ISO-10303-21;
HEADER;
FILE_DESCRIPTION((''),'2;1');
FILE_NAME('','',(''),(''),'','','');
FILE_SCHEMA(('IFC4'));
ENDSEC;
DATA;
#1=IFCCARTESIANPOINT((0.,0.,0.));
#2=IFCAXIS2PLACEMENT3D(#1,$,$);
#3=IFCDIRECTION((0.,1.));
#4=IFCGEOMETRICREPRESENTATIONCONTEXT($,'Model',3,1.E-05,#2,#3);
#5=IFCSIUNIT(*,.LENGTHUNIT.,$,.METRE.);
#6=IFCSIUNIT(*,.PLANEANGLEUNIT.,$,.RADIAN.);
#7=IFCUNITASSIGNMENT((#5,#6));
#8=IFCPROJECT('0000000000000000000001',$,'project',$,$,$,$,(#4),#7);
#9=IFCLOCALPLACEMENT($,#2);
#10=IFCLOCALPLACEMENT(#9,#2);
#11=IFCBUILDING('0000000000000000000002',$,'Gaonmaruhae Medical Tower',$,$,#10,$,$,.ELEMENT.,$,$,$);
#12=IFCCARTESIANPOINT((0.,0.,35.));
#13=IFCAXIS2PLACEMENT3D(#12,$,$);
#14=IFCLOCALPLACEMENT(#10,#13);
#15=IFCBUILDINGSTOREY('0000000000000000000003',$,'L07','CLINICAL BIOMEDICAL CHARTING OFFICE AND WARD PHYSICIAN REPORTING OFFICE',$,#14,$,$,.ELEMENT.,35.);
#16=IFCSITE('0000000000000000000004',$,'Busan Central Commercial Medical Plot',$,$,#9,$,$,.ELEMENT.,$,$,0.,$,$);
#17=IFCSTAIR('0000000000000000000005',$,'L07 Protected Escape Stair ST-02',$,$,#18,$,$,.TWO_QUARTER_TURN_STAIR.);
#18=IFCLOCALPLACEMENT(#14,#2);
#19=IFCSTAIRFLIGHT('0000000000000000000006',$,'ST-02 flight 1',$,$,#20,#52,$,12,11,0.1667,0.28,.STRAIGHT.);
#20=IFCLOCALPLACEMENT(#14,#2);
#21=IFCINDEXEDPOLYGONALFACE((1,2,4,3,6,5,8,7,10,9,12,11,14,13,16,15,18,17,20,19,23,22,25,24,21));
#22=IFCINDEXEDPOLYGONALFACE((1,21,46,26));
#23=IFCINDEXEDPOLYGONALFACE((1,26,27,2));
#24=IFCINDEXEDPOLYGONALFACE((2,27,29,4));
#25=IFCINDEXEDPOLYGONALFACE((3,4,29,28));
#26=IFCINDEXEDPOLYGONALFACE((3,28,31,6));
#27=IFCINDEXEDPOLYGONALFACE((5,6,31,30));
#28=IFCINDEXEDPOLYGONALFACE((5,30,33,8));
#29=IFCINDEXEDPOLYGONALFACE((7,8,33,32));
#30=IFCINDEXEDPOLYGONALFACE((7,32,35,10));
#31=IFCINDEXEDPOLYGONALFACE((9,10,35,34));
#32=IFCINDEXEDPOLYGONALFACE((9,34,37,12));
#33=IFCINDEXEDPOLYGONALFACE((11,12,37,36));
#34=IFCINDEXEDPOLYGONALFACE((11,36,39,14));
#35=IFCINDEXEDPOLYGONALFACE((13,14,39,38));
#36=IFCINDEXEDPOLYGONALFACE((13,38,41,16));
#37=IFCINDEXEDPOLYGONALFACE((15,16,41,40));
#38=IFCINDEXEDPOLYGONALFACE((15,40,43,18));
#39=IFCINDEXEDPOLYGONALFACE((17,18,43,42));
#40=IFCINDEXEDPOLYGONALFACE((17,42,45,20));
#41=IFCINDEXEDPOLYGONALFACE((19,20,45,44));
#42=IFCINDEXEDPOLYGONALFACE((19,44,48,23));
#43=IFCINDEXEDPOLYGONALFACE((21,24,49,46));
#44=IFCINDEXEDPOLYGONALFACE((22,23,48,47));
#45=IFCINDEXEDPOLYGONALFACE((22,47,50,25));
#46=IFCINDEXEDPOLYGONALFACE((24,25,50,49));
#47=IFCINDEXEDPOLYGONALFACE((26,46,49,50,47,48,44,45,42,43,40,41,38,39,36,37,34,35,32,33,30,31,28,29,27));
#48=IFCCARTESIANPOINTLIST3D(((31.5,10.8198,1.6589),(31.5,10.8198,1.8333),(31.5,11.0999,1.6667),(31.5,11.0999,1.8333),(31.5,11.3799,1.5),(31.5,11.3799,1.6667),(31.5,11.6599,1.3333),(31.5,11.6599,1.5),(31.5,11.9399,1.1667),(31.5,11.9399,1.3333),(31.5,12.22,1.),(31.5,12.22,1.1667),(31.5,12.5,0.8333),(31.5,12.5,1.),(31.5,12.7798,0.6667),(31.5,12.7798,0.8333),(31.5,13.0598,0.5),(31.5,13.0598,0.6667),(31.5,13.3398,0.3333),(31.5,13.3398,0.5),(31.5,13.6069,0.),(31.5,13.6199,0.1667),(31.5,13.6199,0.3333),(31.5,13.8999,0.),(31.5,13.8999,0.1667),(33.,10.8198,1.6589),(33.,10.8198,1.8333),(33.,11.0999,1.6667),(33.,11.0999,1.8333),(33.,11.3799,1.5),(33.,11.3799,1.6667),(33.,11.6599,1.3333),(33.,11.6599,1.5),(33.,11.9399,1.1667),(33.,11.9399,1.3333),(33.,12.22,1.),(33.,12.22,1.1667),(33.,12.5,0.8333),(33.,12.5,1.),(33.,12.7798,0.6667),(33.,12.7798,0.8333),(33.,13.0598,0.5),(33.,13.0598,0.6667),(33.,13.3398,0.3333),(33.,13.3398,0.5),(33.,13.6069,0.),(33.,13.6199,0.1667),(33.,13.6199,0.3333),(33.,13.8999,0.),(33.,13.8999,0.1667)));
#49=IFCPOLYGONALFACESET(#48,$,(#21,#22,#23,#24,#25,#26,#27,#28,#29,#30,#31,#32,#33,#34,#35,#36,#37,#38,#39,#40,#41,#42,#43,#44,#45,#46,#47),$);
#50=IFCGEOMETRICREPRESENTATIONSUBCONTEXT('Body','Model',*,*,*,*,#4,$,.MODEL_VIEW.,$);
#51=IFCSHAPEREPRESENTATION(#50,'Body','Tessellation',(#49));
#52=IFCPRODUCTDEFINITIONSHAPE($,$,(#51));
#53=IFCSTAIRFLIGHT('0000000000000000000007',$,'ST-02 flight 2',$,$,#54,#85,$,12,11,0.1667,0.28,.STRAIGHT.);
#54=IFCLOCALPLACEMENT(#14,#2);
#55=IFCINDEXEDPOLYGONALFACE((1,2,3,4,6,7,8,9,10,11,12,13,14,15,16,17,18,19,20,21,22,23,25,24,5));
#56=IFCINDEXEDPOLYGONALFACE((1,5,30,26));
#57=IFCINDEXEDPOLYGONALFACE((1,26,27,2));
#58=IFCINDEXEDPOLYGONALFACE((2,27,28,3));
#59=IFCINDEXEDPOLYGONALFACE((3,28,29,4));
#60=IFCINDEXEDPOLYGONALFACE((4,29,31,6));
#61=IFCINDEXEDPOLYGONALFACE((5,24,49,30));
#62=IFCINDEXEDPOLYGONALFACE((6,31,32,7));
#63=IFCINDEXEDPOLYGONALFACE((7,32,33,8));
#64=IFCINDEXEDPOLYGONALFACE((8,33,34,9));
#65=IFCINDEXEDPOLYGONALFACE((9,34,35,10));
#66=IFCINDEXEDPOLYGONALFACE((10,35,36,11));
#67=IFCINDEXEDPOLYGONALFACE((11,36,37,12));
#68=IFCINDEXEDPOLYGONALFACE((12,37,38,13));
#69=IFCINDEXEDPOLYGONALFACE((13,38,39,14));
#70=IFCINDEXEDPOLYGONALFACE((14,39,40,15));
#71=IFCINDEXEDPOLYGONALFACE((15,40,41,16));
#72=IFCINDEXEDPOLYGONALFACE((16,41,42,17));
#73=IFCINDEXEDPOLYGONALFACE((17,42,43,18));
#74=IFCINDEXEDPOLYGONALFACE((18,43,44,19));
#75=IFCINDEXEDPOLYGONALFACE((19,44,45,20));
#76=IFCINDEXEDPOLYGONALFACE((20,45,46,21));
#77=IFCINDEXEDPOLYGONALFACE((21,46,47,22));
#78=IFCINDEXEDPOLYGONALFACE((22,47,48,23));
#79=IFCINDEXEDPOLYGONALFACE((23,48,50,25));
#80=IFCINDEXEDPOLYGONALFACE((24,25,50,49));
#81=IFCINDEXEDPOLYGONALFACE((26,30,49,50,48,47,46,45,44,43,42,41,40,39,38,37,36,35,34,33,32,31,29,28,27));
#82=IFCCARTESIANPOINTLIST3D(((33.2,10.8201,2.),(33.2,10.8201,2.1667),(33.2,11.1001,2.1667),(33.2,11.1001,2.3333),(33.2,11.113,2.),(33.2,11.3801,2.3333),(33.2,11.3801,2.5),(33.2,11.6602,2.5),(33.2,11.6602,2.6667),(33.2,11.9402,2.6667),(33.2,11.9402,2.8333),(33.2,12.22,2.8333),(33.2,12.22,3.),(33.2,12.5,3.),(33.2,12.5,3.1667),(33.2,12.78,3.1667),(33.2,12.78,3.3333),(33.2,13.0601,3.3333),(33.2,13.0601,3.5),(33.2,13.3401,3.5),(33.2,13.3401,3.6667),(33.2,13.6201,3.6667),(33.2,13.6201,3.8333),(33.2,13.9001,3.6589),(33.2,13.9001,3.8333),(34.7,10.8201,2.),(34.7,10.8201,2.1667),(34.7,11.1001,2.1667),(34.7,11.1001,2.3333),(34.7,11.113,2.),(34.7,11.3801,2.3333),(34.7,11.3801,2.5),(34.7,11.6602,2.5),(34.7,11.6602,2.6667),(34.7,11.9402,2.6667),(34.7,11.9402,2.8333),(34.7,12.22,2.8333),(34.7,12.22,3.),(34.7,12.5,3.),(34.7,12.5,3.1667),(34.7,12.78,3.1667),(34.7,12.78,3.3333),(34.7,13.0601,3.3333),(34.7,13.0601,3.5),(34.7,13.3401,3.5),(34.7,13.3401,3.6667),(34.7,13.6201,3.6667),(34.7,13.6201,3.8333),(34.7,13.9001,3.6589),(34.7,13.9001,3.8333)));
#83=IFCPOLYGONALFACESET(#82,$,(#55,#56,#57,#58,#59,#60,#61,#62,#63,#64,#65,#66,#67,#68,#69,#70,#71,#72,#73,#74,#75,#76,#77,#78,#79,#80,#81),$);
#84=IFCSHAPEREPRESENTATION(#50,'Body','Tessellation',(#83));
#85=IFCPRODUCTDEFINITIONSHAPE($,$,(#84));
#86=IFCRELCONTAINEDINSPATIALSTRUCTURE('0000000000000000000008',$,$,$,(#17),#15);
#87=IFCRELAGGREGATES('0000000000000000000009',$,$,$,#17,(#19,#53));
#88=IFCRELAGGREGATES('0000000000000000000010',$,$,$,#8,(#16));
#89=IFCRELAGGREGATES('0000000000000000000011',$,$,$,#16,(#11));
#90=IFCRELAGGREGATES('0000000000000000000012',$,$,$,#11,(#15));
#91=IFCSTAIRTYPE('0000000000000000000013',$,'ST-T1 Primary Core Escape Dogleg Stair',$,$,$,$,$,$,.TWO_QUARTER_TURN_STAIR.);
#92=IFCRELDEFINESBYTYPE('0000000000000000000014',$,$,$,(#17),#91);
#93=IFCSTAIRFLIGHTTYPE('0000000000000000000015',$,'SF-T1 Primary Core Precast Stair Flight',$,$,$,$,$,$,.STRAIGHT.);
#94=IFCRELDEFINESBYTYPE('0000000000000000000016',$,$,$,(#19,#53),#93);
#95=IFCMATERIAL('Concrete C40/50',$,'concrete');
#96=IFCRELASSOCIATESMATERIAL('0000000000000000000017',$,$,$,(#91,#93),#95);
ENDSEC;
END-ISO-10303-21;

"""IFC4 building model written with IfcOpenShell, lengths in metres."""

from ifc_helpers import new_model, si_unit, direction, frame, origin, place, context, subcontext, project, spatial, polyline, outline, extrude, material, type_object, element, aggregate, save


model = new_model("IFC4")

# Units and contexts
model_context = context("Model", 3, precision=1e-05, world=origin(), true_north=direction((0.0, 1.0)))
body_context = subcontext(model_context, "Body", "Model", "MODEL_VIEW")
ifc_project = project(units=[si_unit("LENGTHUNIT", "METRE"), si_unit("PLANEANGLEUNIT", "RADIAN")], contexts=[model_context])

# Site, building, storey
site_placement = place(None, origin())
site = spatial("IfcSite", under=ifc_project, at=site_placement, Name="Busan Central Commercial Medical Plot", CompositionType="ELEMENT", RefElevation=0.0)
building_placement = place(site_placement, origin())
building = spatial("IfcBuilding", under=site, at=building_placement, Name="Gaonmaruhae Medical Tower", CompositionType="ELEMENT")
storey_placement = place(building_placement, frame((0.0, 0.0, 35.0)))
storey = spatial("IfcBuildingStorey", under=building, at=storey_placement, Name="L07", Description="CLINICAL BIOMEDICAL CHARTING OFFICE AND WARD PHYSICIAN REPORTING OFFICE", CompositionType="ELEMENT", Elevation=35.0)

# Stair, stair flights
ifc_material_1 = material(Name="Concrete C40/50", Category="concrete")
stair_type = type_object("IfcStairType", Name="ST-T1 Primary Core Escape Dogleg Stair", PredefinedType="TWO_QUARTER_TURN_STAIR", material=ifc_material_1)
stair_placement = place(storey_placement, origin())
stair = element("IfcStair", 1, at=stair_placement, inside=storey, type_object=stair_type, Name="L07 Protected Escape Stair ST-02", PredefinedType="TWO_QUARTER_TURN_STAIR")
stair_flight_type = type_object("IfcStairFlightType", Name="SF-T1 Primary Core Precast Stair Flight", PredefinedType="STRAIGHT", material=ifc_material_1)
stair_flight_1_placement = place(storey_placement, frame((32.25, 13.8999, 0.0), z_axis=(0.0, 0.0, 1.0), x_axis=(0.0, -1.0, 0.0)))
stair_flight_1 = element("IfcStairFlight", 2, at=stair_flight_1_placement, type_object=stair_flight_type, Name="ST-02 flight 1", NumberOfRisers=12, NumberOfTreads=11, PredefinedType="STRAIGHT", RiserHeight=0.1667, TreadLength=0.28, context=body_context, shape_type="SweptSolid", body=[
    extrude(outline(polyline([(0.0, 0.0), (0.0, 0.1667), (0.28, 0.1667), (0.28, 0.3333), (0.5601, 0.3333), (0.5601, 0.5), (0.8401, 0.5), (0.8401, 0.6667), (1.1201, 0.6667), (1.1201, 0.8333), (1.3999, 0.8333), (1.3999, 1.0), (1.6799, 1.0), (1.6799, 1.1667), (1.96, 1.1667), (1.96, 1.3333), (2.24, 1.3333), (2.24, 1.5), (2.52, 1.5), (2.52, 1.6667), (2.8, 1.6667), (2.8, 1.8333), (3.0801, 1.8333), (3.0801, 2.0), (3.0801, 1.6589), (0.293, 0.0), (0.0, 0.0)])), frame((0.0, 0.75, 0.0), z_axis=(0.0, -1.0, 0.0), x_axis=(1.0, 0.0, 0.0)), (0.0, 0.0, 1.0), 1.5),
])
stair_flight_2_placement = place(storey_placement, frame((33.95, 10.8201, 2.0), z_axis=(0.0, 0.0, 1.0), x_axis=(0.0, 1.0, 0.0)))
stair_flight_2 = element("IfcStairFlight", 3, at=stair_flight_2_placement, type_object=stair_flight_type, Name="ST-02 flight 2", NumberOfRisers=12, NumberOfTreads=11, PredefinedType="STRAIGHT", RiserHeight=0.1667, TreadLength=0.28, context=body_context, shape_type="SweptSolid", body=[
    extrude(outline(polyline([(0.0, 0.0), (0.0, 0.1667), (0.28, 0.1667), (0.28, 0.3333), (0.5601, 0.3333), (0.5601, 0.5), (0.8401, 0.5), (0.8401, 0.6667), (1.1201, 0.6667), (1.1201, 0.8333), (1.3999, 0.8333), (1.3999, 1.0), (1.6799, 1.0), (1.6799, 1.1667), (1.96, 1.1667), (1.96, 1.3333), (2.24, 1.3333), (2.24, 1.5), (2.52, 1.5), (2.52, 1.6667), (2.8, 1.6667), (2.8, 1.8333), (3.0801, 1.8333), (3.0801, 2.0), (3.0801, 1.6589), (0.293, 0.0), (0.0, 0.0)])), frame((0.0, 0.75, 0.0), z_axis=(0.0, -1.0, 0.0), x_axis=(1.0, 0.0, 0.0)), (0.0, 0.0, 1.0), 1.5),
])
aggregate(stair, [stair_flight_1, stair_flight_2])

save(model, "model.ifc")
